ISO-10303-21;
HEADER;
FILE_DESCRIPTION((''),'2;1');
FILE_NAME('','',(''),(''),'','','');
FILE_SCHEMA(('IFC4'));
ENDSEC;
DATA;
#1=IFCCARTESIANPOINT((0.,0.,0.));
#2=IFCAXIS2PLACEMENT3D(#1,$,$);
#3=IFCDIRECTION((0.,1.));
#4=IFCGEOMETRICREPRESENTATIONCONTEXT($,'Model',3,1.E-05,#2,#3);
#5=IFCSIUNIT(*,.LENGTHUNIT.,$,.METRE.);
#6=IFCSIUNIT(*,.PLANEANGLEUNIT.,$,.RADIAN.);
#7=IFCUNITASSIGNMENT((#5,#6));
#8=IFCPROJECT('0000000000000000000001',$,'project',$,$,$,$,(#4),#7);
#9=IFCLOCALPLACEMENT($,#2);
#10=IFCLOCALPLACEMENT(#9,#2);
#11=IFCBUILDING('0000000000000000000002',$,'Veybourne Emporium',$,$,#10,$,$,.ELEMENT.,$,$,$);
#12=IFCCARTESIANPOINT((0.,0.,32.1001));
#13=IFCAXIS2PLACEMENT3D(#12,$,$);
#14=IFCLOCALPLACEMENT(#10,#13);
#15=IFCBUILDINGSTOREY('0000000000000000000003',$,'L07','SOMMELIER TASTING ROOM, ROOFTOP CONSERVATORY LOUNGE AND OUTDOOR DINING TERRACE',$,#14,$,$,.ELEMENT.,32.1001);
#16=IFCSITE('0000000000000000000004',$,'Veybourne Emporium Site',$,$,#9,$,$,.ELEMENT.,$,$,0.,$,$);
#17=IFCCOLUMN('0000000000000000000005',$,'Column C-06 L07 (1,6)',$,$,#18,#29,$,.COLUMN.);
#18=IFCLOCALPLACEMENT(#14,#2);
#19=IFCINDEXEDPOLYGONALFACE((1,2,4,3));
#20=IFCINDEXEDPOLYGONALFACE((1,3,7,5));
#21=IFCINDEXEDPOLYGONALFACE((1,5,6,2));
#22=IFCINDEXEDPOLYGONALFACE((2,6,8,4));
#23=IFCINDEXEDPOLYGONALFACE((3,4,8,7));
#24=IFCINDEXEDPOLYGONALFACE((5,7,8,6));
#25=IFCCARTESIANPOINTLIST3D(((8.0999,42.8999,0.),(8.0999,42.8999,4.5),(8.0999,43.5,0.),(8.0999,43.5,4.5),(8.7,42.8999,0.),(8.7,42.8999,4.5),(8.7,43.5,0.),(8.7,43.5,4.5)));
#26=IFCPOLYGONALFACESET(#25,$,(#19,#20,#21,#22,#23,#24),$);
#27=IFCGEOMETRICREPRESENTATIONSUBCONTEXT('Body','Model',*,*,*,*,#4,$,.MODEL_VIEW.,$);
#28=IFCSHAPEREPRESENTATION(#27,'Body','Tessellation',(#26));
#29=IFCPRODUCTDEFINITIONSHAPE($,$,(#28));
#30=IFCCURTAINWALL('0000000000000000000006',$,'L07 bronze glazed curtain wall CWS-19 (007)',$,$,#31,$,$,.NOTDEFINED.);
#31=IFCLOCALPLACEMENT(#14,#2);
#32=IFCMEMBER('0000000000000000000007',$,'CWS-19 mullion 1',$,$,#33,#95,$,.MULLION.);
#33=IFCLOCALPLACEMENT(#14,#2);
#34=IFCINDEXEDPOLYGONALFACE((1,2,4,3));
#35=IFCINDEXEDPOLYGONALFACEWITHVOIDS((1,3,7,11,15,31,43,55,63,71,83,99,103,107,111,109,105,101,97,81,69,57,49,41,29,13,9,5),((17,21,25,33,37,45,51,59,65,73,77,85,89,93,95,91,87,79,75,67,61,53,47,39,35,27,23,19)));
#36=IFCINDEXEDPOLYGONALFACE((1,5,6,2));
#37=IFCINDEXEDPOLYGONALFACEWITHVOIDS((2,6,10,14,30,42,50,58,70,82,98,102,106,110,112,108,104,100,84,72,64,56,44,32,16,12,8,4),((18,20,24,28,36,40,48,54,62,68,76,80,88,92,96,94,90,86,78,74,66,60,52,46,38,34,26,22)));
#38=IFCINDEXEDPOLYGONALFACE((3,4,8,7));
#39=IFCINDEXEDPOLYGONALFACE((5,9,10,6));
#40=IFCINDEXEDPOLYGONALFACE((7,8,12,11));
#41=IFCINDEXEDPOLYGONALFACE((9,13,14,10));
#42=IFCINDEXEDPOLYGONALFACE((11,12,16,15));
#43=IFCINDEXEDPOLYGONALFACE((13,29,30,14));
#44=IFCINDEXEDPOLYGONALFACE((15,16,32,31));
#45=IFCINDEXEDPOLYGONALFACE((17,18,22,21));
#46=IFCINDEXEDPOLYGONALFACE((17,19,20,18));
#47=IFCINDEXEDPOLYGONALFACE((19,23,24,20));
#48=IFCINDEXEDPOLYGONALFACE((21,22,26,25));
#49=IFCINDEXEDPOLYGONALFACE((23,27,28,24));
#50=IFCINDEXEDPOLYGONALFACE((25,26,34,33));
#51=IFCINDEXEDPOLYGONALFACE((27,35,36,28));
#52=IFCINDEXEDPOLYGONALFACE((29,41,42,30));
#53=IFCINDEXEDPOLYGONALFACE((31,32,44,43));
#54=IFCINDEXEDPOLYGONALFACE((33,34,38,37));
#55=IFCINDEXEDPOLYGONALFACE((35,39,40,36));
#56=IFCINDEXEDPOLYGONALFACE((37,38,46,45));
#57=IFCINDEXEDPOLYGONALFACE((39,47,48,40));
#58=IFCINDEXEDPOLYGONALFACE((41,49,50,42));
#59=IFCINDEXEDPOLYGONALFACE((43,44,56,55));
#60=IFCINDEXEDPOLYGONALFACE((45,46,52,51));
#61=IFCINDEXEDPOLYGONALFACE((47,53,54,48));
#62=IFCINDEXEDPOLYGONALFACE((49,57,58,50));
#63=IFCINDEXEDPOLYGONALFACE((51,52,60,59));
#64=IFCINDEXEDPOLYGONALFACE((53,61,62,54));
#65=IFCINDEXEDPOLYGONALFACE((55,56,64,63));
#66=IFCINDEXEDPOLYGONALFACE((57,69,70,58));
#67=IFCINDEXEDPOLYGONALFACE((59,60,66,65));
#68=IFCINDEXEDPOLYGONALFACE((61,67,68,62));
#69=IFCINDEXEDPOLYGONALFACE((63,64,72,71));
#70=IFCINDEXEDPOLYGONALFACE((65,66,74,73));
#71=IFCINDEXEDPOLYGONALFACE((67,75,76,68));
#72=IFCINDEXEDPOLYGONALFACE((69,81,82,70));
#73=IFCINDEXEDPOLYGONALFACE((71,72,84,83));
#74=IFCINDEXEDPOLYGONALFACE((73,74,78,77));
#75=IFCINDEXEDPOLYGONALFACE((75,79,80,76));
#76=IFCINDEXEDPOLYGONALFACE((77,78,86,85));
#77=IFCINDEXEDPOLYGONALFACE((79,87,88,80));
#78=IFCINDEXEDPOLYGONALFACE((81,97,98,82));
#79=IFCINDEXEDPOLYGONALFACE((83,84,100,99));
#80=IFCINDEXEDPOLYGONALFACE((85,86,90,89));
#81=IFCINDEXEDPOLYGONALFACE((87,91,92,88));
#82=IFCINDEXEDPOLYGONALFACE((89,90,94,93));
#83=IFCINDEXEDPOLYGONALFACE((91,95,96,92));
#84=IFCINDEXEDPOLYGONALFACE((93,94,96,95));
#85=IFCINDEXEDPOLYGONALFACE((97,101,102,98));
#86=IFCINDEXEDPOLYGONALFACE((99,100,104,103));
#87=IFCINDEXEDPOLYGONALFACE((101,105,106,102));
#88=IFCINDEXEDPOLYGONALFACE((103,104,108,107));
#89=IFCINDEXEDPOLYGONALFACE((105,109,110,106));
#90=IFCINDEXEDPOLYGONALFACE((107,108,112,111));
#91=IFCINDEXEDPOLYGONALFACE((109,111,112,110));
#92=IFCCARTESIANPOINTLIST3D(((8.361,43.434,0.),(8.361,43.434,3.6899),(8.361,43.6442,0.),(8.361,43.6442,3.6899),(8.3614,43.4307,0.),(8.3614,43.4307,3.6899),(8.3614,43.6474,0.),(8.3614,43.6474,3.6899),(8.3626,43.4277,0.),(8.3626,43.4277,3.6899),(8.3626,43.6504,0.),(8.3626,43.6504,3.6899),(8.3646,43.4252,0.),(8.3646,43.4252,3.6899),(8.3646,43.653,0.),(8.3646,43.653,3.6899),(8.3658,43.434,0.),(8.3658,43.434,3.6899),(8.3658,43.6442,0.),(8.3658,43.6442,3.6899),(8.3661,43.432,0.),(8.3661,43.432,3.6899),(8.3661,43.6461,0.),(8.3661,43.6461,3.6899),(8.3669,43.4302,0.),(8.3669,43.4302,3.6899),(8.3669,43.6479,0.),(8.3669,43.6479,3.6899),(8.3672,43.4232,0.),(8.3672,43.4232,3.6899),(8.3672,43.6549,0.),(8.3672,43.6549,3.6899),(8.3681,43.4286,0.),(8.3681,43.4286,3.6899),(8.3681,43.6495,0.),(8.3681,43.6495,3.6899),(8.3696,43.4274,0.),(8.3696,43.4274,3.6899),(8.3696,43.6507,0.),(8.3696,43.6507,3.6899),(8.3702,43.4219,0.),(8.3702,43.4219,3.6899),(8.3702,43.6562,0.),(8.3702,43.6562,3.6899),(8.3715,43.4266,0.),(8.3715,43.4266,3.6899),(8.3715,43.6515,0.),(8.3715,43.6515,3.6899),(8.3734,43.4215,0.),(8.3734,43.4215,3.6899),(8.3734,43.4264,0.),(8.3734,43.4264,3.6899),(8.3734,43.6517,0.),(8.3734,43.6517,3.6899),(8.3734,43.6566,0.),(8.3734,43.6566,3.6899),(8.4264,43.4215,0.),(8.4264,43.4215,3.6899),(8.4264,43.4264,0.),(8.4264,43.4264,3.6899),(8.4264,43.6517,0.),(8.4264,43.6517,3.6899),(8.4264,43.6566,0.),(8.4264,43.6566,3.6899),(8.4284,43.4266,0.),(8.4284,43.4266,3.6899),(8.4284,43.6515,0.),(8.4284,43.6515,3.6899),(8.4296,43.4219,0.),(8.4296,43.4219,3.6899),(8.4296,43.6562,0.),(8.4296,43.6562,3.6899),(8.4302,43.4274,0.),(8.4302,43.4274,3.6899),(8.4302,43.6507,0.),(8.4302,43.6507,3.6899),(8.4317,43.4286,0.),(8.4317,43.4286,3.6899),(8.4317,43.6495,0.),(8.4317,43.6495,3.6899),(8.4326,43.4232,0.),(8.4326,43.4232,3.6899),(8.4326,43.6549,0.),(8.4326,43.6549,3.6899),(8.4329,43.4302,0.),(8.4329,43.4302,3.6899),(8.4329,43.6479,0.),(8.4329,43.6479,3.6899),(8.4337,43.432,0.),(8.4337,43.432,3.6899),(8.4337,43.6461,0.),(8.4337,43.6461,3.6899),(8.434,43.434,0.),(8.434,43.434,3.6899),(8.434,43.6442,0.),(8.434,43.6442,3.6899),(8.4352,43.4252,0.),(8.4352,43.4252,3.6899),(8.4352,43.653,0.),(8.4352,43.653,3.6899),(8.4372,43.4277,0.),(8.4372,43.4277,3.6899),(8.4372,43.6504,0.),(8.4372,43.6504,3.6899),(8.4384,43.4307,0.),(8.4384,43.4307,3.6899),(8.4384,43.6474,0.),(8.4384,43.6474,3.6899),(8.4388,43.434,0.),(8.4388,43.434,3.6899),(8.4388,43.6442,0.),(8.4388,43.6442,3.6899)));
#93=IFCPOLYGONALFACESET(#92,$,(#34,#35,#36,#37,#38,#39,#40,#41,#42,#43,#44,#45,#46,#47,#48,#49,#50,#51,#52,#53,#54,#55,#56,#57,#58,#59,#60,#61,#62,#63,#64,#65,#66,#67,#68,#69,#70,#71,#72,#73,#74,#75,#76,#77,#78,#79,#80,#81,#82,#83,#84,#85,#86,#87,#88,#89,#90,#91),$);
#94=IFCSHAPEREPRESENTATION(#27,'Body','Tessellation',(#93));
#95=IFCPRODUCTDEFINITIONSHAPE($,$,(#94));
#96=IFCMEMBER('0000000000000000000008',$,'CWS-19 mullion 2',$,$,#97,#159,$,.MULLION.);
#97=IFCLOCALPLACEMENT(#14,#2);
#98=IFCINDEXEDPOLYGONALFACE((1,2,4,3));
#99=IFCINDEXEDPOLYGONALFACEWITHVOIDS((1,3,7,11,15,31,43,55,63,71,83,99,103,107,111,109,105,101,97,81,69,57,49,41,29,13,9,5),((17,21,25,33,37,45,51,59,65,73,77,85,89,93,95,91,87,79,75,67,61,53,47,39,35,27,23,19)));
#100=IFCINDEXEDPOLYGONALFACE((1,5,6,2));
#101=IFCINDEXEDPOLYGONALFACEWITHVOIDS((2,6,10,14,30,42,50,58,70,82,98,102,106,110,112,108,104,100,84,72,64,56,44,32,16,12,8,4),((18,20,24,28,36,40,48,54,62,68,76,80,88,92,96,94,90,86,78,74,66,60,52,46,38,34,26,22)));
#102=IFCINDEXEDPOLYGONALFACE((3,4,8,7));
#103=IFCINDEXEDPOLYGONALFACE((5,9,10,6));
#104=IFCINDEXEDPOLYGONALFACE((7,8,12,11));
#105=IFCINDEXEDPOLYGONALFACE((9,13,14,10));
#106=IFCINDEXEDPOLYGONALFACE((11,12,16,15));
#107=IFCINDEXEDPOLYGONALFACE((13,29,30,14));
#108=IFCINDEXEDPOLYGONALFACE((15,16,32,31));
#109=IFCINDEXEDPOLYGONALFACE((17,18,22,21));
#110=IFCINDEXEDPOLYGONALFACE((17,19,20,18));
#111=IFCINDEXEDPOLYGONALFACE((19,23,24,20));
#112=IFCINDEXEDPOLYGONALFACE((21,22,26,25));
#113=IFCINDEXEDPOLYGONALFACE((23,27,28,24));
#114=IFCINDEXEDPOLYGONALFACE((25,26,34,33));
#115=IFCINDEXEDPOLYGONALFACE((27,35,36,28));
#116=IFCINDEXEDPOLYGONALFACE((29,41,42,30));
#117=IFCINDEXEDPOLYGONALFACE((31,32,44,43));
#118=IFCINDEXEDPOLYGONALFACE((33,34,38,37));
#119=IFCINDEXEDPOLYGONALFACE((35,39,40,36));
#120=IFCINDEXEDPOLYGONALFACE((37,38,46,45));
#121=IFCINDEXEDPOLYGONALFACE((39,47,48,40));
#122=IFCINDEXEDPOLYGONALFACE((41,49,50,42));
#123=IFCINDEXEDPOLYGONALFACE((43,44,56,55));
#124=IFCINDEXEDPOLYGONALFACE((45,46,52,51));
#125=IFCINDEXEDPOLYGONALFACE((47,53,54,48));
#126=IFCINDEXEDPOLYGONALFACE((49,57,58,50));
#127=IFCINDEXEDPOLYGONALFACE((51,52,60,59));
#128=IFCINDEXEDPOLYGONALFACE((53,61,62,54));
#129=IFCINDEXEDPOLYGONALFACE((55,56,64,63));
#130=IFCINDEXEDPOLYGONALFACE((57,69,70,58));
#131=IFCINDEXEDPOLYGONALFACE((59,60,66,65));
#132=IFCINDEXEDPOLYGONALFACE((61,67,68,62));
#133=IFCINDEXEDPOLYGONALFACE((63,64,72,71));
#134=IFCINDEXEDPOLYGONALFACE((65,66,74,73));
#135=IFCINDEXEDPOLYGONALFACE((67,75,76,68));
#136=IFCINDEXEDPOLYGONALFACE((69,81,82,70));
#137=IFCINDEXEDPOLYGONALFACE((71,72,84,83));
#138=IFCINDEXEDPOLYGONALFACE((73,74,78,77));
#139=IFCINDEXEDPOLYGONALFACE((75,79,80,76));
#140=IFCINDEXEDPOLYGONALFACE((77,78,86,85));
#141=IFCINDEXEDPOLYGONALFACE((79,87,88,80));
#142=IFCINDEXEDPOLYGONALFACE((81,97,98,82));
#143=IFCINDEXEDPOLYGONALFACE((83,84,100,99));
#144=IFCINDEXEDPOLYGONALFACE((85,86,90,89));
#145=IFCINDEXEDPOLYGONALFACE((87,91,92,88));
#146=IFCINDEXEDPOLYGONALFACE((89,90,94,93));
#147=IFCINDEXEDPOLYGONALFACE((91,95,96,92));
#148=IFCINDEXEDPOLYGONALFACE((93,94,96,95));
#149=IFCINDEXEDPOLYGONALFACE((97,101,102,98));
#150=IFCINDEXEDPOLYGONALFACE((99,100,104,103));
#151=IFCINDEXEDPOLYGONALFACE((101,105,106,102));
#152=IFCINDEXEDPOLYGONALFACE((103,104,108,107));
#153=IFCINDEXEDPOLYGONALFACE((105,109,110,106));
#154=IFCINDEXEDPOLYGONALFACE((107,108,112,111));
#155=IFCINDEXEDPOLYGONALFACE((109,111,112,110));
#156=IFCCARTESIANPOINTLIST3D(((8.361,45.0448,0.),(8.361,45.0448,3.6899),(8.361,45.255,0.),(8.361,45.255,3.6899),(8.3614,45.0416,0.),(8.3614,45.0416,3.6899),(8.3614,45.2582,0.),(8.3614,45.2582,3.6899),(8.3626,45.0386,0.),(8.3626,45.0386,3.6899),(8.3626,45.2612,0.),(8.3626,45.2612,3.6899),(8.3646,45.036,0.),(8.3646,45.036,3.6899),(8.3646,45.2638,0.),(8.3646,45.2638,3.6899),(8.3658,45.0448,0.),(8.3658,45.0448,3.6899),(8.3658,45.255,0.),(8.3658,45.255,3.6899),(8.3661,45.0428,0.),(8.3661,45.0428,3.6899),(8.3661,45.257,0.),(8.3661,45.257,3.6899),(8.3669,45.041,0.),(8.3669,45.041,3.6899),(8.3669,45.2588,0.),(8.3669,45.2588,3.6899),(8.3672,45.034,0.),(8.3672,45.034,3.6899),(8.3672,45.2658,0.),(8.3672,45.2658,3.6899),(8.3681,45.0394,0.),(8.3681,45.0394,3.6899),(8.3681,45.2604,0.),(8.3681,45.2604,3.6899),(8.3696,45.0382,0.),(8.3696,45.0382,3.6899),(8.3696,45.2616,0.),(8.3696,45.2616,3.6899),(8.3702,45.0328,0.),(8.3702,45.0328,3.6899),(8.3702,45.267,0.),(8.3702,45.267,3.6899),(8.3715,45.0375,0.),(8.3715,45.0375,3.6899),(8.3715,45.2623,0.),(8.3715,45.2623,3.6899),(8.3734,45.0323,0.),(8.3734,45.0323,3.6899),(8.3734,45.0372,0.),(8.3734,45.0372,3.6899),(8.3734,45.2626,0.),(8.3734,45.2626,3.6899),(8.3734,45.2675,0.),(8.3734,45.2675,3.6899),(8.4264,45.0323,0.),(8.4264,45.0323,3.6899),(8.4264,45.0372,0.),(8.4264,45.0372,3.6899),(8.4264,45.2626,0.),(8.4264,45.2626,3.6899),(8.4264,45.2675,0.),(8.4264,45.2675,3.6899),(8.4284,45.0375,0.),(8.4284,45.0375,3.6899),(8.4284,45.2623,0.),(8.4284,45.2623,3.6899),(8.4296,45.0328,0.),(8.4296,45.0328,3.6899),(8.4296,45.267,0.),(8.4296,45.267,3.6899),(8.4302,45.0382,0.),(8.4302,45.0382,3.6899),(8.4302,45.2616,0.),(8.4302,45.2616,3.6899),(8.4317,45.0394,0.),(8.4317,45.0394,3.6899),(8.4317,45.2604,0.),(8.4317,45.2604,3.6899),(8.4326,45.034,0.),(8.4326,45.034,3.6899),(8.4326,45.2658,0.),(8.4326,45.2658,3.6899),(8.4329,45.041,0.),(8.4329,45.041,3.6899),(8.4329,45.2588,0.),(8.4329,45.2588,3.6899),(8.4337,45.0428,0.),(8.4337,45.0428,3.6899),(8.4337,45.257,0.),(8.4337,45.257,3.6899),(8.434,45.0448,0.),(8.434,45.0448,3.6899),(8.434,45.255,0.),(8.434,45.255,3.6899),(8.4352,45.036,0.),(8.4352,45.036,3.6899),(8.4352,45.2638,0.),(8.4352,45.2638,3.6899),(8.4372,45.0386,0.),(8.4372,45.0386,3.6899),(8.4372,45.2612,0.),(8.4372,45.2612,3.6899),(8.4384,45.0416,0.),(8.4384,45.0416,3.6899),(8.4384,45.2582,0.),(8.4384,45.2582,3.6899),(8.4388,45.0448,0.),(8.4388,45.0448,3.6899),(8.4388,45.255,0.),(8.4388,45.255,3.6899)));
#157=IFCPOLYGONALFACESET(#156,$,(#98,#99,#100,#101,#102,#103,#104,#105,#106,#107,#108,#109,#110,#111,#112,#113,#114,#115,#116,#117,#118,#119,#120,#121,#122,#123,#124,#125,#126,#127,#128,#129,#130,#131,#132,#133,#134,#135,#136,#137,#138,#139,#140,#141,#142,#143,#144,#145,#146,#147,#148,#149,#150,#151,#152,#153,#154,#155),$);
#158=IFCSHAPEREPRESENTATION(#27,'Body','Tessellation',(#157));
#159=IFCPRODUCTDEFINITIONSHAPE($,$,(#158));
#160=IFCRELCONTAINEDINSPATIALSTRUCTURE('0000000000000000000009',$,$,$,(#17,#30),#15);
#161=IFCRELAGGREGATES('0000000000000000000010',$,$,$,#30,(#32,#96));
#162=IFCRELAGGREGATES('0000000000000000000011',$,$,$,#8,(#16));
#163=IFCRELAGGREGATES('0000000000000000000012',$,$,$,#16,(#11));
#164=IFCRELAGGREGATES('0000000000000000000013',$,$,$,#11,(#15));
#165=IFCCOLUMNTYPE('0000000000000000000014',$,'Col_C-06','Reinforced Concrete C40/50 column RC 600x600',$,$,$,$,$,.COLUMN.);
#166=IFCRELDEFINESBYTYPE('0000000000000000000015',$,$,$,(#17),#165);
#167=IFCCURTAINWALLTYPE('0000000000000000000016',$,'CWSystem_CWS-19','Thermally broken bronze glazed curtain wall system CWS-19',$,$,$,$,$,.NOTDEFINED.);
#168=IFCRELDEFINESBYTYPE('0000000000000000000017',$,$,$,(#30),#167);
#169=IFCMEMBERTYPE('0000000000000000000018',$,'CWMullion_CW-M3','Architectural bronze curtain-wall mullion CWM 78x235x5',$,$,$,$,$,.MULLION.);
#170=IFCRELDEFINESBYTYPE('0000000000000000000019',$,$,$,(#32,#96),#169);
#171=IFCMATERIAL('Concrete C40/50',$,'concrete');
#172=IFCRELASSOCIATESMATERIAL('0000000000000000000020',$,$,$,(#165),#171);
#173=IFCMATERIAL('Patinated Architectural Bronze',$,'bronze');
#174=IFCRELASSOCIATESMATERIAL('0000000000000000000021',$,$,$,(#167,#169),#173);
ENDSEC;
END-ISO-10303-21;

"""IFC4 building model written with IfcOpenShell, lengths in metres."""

from ifc_helpers import new_model, si_unit, direction, frame, origin, origin_2d, place, context, subcontext, project, spatial, rectangle, hollow_rectangle, extrude, material, material_profile, profile_set, type_object, element, aggregate, save


model = new_model("IFC4")

# Units and contexts
model_context = context("Model", 3, precision=1e-05, world=origin(), true_north=direction((0.0, 1.0)))
body_context = subcontext(model_context, "Body", "Model", "MODEL_VIEW")
ifc_project = project(units=[si_unit("LENGTHUNIT", "METRE"), si_unit("PLANEANGLEUNIT", "RADIAN")], contexts=[model_context])

# Site, building, storey
site_placement = place(None, origin())
site = spatial("IfcSite", under=ifc_project, at=site_placement, Name="Veybourne Emporium Site", CompositionType="ELEMENT", RefElevation=0.0)
building_placement = place(site_placement, origin())
building = spatial("IfcBuilding", under=site, at=building_placement, Name="Veybourne Emporium", CompositionType="ELEMENT")
storey_placement = place(building_placement, frame((0.0, 0.0, 32.1001)))
storey = spatial("IfcBuildingStorey", under=building, at=storey_placement, Name="L07", Description="SOMMELIER TASTING ROOM, ROOFTOP CONSERVATORY LOUNGE AND OUTDOOR DINING TERRACE", CompositionType="ELEMENT", Elevation=32.1001)

# Column
ifc_material_1 = material(Name="Concrete C40/50", Category="concrete")
ifc_material_profile_1 = material_profile(ifc_material_1, rectangle(XDim=0.6001, YDim=0.6001, at=origin_2d()), Name="RC 600x600")
ifc_profile_set_1 = profile_set([ifc_material_profile_1], Name="Concrete C40/50")
column_type = type_object("IfcColumnType", Name="Col_C-06", Description="Reinforced Concrete C40/50 column RC 600x600", PredefinedType="COLUMN", material=ifc_profile_set_1)
column_placement = place(storey_placement, frame((8.3999, 43.2, 0.0), z_axis=(0.0, 0.0, 1.0), x_axis=(1.0, 0.0, 0.0)))
element("IfcColumn", 1, at=column_placement, inside=storey, type_object=column_type, Name="Column C-06 L07 (1,6)", PredefinedType="COLUMN", context=body_context, shape_type="SweptSolid", body=[
    extrude(rectangle(XDim=0.6001, YDim=0.6001, at=origin_2d()), origin(), (0.0, 0.0, 1.0), 4.5),
])

# Curtain wall, members
ifc_material_2 = material(Name="Patinated Architectural Bronze", Category="bronze")
curtain_wall_type = type_object("IfcCurtainWallType", Name="CWSystem_CWS-19", Description="Thermally broken bronze glazed curtain wall system CWS-19", PredefinedType="NOTDEFINED", material=ifc_material_2)
curtain_wall_placement = place(storey_placement, origin())
curtain_wall = element("IfcCurtainWall", 2, at=curtain_wall_placement, inside=storey, type_object=curtain_wall_type, Name="L07 bronze glazed curtain wall CWS-19 (007)", PredefinedType="NOTDEFINED")
ifc_material_profile_2 = material_profile(ifc_material_2, hollow_rectangle(XDim=0.0779, YDim=0.2351, WallThickness=0.0049, InnerFilletRadius=0.0076, OuterFilletRadius=0.0125, at=origin_2d()), Name="CWM 78x235x5")
ifc_profile_set_2 = profile_set([ifc_material_profile_2], Name="Patinated Architectural Bronze")
member_type_1 = type_object("IfcMemberType", Name="CWMullion_CW-M3", Description="Architectural bronze curtain-wall mullion CWM 78x235x5", PredefinedType="MULLION", material=ifc_profile_set_2)
member_1_placement = place(storey_placement, frame((8.3999, 43.5391, 0.0), z_axis=(0.0, 0.0, 1.0), x_axis=(-1.0, 0.0, 0.0)))
member_1 = element("IfcMember", 3, at=member_1_placement, type_object=member_type_1, Name="CWS-19 mullion 1", PredefinedType="MULLION", context=body_context, shape_type="SweptSolid", body=[
    extrude(hollow_rectangle(XDim=0.0779, YDim=0.2351, WallThickness=0.0049, InnerFilletRadius=0.0076, OuterFilletRadius=0.0125, at=origin_2d()), origin(), (0.0, 0.0, 1.0), 3.6899),
])
member_2_placement = place(storey_placement, frame((8.3999, 45.1499, 0.0), z_axis=(0.0, 0.0, 1.0), x_axis=(-1.0, 0.0, 0.0)))
member_2 = element("IfcMember", 4, at=member_2_placement, type_object=member_type_1, Name="CWS-19 mullion 2", PredefinedType="MULLION", context=body_context, shape_type="SweptSolid", body=[
    extrude(hollow_rectangle(XDim=0.0779, YDim=0.2351, WallThickness=0.0049, InnerFilletRadius=0.0076, OuterFilletRadius=0.0125, at=origin_2d()), origin(), (0.0, 0.0, 1.0), 3.6899),
])

aggregate(curtain_wall, [member_1, member_2])

save(model, "model.ifc")
